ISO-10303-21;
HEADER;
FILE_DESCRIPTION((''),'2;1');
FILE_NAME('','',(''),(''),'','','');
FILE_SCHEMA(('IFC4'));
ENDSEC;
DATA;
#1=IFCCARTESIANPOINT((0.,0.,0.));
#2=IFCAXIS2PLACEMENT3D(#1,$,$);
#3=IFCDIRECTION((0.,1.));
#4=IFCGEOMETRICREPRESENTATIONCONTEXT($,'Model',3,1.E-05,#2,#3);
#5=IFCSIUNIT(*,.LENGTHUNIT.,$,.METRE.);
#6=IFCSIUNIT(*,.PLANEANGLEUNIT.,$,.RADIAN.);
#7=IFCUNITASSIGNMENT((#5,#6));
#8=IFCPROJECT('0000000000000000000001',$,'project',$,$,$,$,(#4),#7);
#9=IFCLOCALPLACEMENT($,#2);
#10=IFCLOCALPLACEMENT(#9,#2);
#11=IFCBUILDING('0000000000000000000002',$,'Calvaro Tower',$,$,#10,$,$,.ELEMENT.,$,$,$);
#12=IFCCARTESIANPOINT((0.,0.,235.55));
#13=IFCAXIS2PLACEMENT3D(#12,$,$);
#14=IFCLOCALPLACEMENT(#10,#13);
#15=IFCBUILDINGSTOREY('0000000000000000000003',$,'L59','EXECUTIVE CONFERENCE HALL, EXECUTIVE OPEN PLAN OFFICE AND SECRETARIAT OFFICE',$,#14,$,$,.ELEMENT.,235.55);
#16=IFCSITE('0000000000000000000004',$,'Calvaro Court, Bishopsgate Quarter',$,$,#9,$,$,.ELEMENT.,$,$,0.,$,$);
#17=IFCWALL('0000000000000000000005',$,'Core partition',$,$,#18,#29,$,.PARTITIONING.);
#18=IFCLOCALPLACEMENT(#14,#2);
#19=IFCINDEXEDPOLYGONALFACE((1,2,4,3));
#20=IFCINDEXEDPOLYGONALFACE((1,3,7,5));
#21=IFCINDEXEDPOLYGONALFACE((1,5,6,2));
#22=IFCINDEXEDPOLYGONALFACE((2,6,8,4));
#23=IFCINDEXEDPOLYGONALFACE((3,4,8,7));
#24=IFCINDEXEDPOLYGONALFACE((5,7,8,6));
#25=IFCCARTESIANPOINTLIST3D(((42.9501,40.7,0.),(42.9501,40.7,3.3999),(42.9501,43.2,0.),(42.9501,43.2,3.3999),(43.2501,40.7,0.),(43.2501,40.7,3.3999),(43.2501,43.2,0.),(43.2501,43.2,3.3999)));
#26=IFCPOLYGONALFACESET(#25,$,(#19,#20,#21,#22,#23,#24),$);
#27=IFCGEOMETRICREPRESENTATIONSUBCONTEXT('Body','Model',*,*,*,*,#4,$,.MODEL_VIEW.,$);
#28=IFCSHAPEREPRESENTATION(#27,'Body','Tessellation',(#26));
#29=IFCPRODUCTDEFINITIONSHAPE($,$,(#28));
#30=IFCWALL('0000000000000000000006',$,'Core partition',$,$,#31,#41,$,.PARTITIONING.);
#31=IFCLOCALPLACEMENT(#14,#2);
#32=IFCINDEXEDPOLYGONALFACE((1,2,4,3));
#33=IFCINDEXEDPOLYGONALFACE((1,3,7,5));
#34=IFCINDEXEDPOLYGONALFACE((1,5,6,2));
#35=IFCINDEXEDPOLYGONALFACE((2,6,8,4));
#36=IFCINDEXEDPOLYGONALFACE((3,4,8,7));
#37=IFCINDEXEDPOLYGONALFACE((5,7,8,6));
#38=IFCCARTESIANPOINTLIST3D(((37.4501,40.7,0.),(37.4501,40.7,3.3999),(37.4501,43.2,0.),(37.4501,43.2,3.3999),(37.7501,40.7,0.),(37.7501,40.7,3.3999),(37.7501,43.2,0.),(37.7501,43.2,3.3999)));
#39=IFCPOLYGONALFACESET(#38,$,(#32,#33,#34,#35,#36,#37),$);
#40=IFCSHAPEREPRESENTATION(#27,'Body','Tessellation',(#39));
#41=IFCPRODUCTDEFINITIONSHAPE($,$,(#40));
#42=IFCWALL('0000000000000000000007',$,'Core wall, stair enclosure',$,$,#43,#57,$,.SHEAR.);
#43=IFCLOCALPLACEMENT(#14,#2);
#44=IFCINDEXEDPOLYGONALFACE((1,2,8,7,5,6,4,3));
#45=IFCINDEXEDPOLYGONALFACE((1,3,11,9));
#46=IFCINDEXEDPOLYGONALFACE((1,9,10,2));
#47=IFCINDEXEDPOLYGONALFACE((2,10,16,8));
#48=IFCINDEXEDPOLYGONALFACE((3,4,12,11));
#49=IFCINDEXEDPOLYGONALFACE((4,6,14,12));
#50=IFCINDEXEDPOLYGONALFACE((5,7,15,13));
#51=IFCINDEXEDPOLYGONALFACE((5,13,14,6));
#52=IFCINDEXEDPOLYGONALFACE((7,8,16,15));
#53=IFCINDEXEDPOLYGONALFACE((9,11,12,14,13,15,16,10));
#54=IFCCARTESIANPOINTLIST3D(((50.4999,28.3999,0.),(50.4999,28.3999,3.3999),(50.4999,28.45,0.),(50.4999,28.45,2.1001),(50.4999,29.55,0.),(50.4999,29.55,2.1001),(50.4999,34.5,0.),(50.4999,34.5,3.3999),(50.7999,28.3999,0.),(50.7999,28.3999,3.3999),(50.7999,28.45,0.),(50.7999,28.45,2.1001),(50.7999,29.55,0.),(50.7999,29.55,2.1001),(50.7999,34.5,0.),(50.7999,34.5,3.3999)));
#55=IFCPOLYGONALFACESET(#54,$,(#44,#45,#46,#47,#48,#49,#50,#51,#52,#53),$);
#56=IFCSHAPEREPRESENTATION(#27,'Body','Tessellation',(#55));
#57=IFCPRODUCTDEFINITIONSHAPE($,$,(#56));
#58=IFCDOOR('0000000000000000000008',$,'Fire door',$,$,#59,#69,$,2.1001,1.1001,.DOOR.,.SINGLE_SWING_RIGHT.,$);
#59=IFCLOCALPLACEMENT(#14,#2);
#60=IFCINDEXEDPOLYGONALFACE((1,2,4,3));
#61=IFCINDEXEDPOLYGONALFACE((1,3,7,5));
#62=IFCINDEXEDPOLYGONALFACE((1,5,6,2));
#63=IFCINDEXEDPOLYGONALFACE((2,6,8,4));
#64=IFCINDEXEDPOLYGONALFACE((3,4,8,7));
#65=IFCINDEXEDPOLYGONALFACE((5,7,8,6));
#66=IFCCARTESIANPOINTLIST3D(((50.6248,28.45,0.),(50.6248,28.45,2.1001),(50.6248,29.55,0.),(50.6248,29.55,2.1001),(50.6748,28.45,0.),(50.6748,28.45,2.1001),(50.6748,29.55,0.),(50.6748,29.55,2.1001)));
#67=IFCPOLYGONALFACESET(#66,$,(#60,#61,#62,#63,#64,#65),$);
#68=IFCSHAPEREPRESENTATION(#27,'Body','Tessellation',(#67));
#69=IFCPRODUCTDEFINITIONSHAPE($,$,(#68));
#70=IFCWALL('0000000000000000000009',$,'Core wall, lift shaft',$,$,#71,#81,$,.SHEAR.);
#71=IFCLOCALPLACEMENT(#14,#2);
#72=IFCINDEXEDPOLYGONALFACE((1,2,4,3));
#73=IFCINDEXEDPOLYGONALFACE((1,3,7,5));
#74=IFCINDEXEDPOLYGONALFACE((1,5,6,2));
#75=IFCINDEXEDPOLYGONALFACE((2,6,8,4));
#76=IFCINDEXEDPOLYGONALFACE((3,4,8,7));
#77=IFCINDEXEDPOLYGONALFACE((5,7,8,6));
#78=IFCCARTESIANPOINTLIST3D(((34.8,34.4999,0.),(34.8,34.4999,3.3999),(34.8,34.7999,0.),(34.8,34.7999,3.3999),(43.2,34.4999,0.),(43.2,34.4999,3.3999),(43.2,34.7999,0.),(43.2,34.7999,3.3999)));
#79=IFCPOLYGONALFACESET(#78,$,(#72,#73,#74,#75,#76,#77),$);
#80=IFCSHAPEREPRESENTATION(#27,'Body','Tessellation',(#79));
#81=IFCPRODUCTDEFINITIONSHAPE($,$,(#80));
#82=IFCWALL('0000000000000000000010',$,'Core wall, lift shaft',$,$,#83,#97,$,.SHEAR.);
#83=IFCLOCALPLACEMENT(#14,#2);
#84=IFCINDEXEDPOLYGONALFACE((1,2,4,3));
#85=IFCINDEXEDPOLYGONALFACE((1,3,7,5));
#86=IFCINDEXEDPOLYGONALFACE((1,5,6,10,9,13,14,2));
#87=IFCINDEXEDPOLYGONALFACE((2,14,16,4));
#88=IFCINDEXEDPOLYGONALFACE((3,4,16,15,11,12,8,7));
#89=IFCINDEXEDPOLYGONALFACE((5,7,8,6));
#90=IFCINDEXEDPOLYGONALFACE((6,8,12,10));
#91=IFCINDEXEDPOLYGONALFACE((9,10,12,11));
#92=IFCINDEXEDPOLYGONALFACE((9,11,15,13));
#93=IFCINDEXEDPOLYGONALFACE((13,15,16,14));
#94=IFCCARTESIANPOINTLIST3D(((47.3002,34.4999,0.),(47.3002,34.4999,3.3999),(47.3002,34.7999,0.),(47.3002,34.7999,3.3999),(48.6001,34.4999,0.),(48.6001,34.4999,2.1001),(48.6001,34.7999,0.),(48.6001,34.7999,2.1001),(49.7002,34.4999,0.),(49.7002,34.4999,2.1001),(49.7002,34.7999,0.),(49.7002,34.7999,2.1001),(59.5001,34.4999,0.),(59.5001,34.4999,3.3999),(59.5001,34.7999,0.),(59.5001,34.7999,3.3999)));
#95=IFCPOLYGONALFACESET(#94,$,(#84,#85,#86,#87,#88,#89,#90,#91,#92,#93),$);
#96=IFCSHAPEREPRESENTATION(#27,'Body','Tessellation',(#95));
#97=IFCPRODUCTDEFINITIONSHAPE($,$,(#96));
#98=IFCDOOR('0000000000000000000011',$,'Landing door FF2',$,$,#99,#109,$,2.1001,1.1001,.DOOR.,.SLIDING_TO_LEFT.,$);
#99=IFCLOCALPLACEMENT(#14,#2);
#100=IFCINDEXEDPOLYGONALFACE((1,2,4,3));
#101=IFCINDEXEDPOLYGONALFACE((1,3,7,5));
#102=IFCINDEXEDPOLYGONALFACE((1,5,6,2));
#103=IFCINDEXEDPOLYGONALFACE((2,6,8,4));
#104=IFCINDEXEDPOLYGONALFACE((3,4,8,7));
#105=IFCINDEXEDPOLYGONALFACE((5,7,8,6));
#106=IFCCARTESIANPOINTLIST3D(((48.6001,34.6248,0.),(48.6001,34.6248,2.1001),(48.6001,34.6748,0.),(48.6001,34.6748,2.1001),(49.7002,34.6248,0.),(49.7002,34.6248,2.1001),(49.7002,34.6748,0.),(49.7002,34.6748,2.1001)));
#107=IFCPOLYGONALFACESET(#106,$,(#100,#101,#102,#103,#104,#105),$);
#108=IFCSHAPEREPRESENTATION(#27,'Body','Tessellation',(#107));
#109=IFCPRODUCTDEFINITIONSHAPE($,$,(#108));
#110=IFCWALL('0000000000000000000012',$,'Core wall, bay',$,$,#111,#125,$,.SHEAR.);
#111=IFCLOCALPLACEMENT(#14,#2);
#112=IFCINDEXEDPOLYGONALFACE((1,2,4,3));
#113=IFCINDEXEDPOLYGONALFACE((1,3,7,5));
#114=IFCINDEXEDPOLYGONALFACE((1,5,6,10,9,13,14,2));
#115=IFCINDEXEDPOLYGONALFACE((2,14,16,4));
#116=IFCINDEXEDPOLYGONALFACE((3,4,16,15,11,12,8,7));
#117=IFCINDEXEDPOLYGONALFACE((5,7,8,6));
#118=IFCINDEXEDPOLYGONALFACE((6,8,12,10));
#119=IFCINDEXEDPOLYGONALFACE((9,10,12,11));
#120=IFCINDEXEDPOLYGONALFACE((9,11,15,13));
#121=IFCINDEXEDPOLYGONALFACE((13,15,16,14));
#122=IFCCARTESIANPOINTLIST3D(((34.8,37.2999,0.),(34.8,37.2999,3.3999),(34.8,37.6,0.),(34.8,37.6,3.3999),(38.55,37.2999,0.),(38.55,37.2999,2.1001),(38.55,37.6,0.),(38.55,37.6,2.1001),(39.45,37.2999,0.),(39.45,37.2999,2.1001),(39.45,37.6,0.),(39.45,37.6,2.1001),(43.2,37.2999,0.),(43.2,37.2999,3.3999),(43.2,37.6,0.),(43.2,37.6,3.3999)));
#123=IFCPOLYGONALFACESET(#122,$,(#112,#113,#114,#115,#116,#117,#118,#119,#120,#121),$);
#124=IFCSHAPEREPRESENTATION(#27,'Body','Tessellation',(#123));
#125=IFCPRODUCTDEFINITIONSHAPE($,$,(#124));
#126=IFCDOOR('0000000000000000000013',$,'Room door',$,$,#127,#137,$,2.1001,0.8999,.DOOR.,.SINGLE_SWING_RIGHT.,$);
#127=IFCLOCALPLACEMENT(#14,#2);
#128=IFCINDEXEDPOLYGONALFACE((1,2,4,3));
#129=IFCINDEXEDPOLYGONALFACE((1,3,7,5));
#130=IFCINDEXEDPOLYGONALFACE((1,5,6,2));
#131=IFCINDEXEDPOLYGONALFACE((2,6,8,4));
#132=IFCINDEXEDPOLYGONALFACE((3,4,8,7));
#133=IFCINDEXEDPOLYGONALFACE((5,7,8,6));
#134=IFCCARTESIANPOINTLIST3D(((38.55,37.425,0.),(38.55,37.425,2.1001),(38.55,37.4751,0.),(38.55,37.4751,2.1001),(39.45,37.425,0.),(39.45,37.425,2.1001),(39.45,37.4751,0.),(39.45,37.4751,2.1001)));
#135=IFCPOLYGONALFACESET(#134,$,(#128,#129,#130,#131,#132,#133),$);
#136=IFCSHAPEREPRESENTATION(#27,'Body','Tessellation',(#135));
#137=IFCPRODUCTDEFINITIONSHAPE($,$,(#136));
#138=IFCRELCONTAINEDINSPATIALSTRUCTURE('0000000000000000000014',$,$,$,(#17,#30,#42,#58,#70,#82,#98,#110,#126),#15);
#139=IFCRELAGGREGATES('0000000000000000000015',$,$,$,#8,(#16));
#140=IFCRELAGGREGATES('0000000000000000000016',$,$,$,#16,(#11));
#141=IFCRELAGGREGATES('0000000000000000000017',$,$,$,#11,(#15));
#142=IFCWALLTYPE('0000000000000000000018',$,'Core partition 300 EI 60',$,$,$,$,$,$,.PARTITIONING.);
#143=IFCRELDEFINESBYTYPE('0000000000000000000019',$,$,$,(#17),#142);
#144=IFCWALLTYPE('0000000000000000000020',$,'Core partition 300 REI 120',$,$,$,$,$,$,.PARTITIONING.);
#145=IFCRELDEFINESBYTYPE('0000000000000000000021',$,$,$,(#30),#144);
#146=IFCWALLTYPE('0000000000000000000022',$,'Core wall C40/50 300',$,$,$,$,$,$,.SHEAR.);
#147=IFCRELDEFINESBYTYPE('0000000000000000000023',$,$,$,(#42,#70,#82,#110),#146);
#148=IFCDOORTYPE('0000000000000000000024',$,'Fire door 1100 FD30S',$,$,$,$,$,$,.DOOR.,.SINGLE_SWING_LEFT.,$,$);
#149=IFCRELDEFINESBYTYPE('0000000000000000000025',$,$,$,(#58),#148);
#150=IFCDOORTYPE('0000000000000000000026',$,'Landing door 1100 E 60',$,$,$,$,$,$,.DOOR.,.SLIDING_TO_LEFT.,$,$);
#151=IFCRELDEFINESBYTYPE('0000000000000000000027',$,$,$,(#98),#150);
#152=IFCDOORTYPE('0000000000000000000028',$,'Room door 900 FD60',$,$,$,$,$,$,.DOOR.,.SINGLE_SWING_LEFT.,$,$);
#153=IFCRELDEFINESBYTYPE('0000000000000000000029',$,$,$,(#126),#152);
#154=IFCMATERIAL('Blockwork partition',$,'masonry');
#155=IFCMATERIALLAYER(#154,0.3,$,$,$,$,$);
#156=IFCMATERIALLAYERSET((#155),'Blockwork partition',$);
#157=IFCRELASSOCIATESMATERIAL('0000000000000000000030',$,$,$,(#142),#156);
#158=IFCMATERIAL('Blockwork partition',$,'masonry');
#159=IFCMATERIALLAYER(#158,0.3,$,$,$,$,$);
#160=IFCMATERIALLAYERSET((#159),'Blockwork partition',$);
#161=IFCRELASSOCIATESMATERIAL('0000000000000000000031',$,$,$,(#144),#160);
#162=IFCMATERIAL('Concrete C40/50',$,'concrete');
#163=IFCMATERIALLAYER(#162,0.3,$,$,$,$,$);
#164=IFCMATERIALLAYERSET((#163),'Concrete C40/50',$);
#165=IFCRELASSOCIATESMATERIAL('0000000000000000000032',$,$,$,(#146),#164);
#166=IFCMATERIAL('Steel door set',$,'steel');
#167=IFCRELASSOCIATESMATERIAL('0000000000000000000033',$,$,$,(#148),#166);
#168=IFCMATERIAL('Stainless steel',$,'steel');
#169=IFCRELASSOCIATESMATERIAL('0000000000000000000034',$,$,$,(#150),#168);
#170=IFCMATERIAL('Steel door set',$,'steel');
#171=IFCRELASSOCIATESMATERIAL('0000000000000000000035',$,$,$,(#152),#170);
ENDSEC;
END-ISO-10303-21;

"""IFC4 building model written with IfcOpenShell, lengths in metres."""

from ifc_helpers import new_model, si_unit, direction, frame, frame_2d, origin, place, context, subcontext, project, spatial, rectangle, extrude, material, layer, layer_set, type_object, element, fill, save


model = new_model("IFC4")

# Units and contexts
model_context = context("Model", 3, precision=1e-05, world=origin(), true_north=direction((0.0, 1.0)))
body_context = subcontext(model_context, "Body", "Model", "MODEL_VIEW")
ifc_project = project(units=[si_unit("LENGTHUNIT", "METRE"), si_unit("PLANEANGLEUNIT", "RADIAN")], contexts=[model_context])

# Site, building, storey
site_placement = place(None, origin())
site = spatial("IfcSite", under=ifc_project, at=site_placement, Name="Calvaro Court, Bishopsgate Quarter", CompositionType="ELEMENT", RefElevation=0.0)
building_placement = place(site_placement, origin())
building = spatial("IfcBuilding", under=site, at=building_placement, Name="Calvaro Tower", CompositionType="ELEMENT")
storey_placement = place(building_placement, frame((0.0, 0.0, 235.55)))
storey = spatial("IfcBuildingStorey", under=building, at=storey_placement, Name="L59", Description="EXECUTIVE CONFERENCE HALL, EXECUTIVE OPEN PLAN OFFICE AND SECRETARIAT OFFICE", CompositionType="ELEMENT", Elevation=235.55)

# Walls
ifc_material_1 = material(Name="Blockwork partition", Category="masonry")
ifc_layer_1 = layer(ifc_material_1, 0.3)
ifc_layer_set_1 = layer_set([ifc_layer_1], Name="Blockwork partition")
wall_type_1 = type_object("IfcWallType", Name="Core partition 300 EI 60", PredefinedType="PARTITIONING", material=ifc_layer_set_1)
wall_1_placement = place(storey_placement, frame((43.1001, 40.7, 0.0), z_axis=(0.0, 0.0, 1.0), x_axis=(0.0, 1.0, 0.0)))
element("IfcWall", 1, at=wall_1_placement, inside=storey, type_object=wall_type_1, Name="Core partition", PredefinedType="PARTITIONING", context=body_context, shape_type="SweptSolid", body=[
    extrude(rectangle(XDim=2.5, YDim=0.3, at=frame_2d((1.25, 0.0))), origin(), (0.0, 0.0, 1.0), 3.3999),
])
ifc_material_2 = material(Name="Blockwork partition", Category="masonry")
ifc_layer_2 = layer(ifc_material_2, 0.3)
ifc_layer_set_2 = layer_set([ifc_layer_2], Name="Blockwork partition")
wall_type_2 = type_object("IfcWallType", Name="Core partition 300 REI 120", PredefinedType="PARTITIONING", material=ifc_layer_set_2)
wall_2_placement = place(storey_placement, frame((37.6001, 40.7, 0.0), z_axis=(0.0, 0.0, 1.0), x_axis=(0.0, 1.0, 0.0)))
element("IfcWall", 2, at=wall_2_placement, inside=storey, type_object=wall_type_2, Name="Core partition", PredefinedType="PARTITIONING", context=body_context, shape_type="SweptSolid", body=[
    extrude(rectangle(XDim=2.5, YDim=0.3, at=frame_2d((1.25, 0.0))), origin(), (0.0, 0.0, 1.0), 3.3999),
])

# Wall, opening, door
ifc_material_3 = material(Name="Concrete C40/50", Category="concrete")
ifc_layer_3 = layer(ifc_material_3, 0.3)
ifc_layer_set_3 = layer_set([ifc_layer_3], Name="Concrete C40/50")
wall_type_3 = type_object("IfcWallType", Name="Core wall C40/50 300", PredefinedType="SHEAR", material=ifc_layer_set_3)
wall_3_placement = place(storey_placement, frame((50.6499, 34.5, 0.0), z_axis=(0.0, 0.0, 1.0), x_axis=(0.0, -1.0, 0.0)))
wall_3 = element("IfcWall", 3, at=wall_3_placement, inside=storey, type_object=wall_type_3, Name="Core wall, stair enclosure", PredefinedType="SHEAR", context=body_context, shape_type="SweptSolid", body=[
    extrude(rectangle(XDim=6.1001, YDim=0.3, at=frame_2d((3.05, 0.0))), origin(), (0.0, 0.0, 1.0), 3.3999),
])
opening_1_placement = place(wall_3_placement, frame((4.95, 0.0, 0.0)))
opening_1 = element("IfcOpeningElement", 4, at=opening_1_placement, cuts=wall_3, PredefinedType="OPENING", context=body_context, shape_type="SweptSolid", body=[
    extrude(rectangle(XDim=1.1001, YDim=2.1001, at=frame_2d((0.55, 1.05))), frame((0.0, 0.1599, 0.0), z_axis=(0.0, -1.0, 0.0), x_axis=(1.0, 0.0, 0.0)), (0.0, 0.0, 1.0), 0.3201),
])
ifc_material_4 = material(Name="Steel door set", Category="steel")
door_type_1 = type_object("IfcDoorType", Name="Fire door 1100 FD30S", OperationType="SINGLE_SWING_LEFT", PredefinedType="DOOR", material=ifc_material_4)
door_1_placement = place(opening_1_placement, origin())
door_1 = element("IfcDoor", 5, at=door_1_placement, inside=storey, type_object=door_type_1, Name="Fire door", OperationType="SINGLE_SWING_RIGHT", OverallHeight=2.1001, OverallWidth=1.1001, PredefinedType="DOOR", context=body_context, shape_type="SweptSolid", body=[
    extrude(rectangle(XDim=1.1001, YDim=2.1001, at=frame_2d((0.55, 1.05))), frame((0.0, 0.0249, 0.0), z_axis=(0.0, -1.0, 0.0), x_axis=(1.0, 0.0, 0.0)), (0.0, 0.0, 1.0), 0.05),
])
fill(opening_1, door_1)

# Wall
wall_4_placement = place(storey_placement, frame((34.8, 34.6499, 0.0), z_axis=(0.0, 0.0, 1.0), x_axis=(1.0, 0.0, 0.0)))
element("IfcWall", 6, at=wall_4_placement, inside=storey, type_object=wall_type_3, Name="Core wall, lift shaft", PredefinedType="SHEAR", context=body_context, shape_type="SweptSolid", body=[
    extrude(rectangle(XDim=8.3999, YDim=0.3, at=frame_2d((4.2, 0.0))), origin(), (0.0, 0.0, 1.0), 3.3999),
])

# Walls, openings, doors
wall_5_placement = place(storey_placement, frame((47.3, 34.6499, 0.0), z_axis=(0.0, 0.0, 1.0), x_axis=(1.0, 0.0, 0.0)))
wall_5 = element("IfcWall", 7, at=wall_5_placement, inside=storey, type_object=wall_type_3, Name="Core wall, lift shaft", PredefinedType="SHEAR", context=body_context, shape_type="SweptSolid", body=[
    extrude(rectangle(XDim=12.2, YDim=0.3, at=frame_2d((6.1001, 0.0))), origin(), (0.0, 0.0, 1.0), 3.3999),
])
opening_2_placement = place(wall_5_placement, frame((1.3, 0.0, 0.0)))
opening_2 = element("IfcOpeningElement", 8, at=opening_2_placement, cuts=wall_5, PredefinedType="OPENING", context=body_context, shape_type="SweptSolid", body=[
    extrude(rectangle(XDim=1.1001, YDim=2.1001, at=frame_2d((0.55, 1.05))), frame((0.0, 0.1599, 0.0), z_axis=(0.0, -1.0, 0.0), x_axis=(1.0, 0.0, 0.0)), (0.0, 0.0, 1.0), 0.3201),
])
ifc_material_5 = material(Name="Stainless steel", Category="steel")
door_type_2 = type_object("IfcDoorType", Name="Landing door 1100 E 60", OperationType="SLIDING_TO_LEFT", PredefinedType="DOOR", material=ifc_material_5)
door_2_placement = place(opening_2_placement, origin())
door_2 = element("IfcDoor", 9, at=door_2_placement, inside=storey, type_object=door_type_2, Name="Landing door FF2", OperationType="SLIDING_TO_LEFT", OverallHeight=2.1001, OverallWidth=1.1001, PredefinedType="DOOR", context=body_context, shape_type="SweptSolid", body=[
    extrude(rectangle(XDim=1.1001, YDim=2.1001, at=frame_2d((0.55, 1.05))), frame((0.0, 0.0249, 0.0), z_axis=(0.0, -1.0, 0.0), x_axis=(1.0, 0.0, 0.0)), (0.0, 0.0, 1.0), 0.05),
])
fill(opening_2, door_2)
wall_6_placement = place(storey_placement, frame((43.2, 37.45, 0.0), z_axis=(0.0, 0.0, 1.0), x_axis=(-1.0, 0.0, 0.0)))
wall_6 = element("IfcWall", 10, at=wall_6_placement, inside=storey, type_object=wall_type_3, Name="Core wall, bay", PredefinedType="SHEAR", context=body_context, shape_type="SweptSolid", body=[
    extrude(rectangle(XDim=8.3999, YDim=0.3, at=frame_2d((4.2, 0.0))), origin(), (0.0, 0.0, 1.0), 3.3999),
])
opening_3_placement = place(wall_6_placement, frame((3.75, 0.0, 0.0)))
opening_3 = element("IfcOpeningElement", 11, at=opening_3_placement, cuts=wall_6, PredefinedType="OPENING", context=body_context, shape_type="SweptSolid", body=[
    extrude(rectangle(XDim=0.8999, YDim=2.1001, at=frame_2d((0.45, 1.05))), frame((0.0, 0.1599, 0.0), z_axis=(0.0, -1.0, 0.0), x_axis=(1.0, 0.0, 0.0)), (0.0, 0.0, 1.0), 0.3201),
])
ifc_material_6 = material(Name="Steel door set", Category="steel")
door_type_3 = type_object("IfcDoorType", Name="Room door 900 FD60", OperationType="SINGLE_SWING_LEFT", PredefinedType="DOOR", material=ifc_material_6)
door_3_placement = place(opening_3_placement, origin())
door_3 = element("IfcDoor", 12, at=door_3_placement, inside=storey, type_object=door_type_3, Name="Room door", OperationType="SINGLE_SWING_RIGHT", OverallHeight=2.1001, OverallWidth=0.8999, PredefinedType="DOOR", context=body_context, shape_type="SweptSolid", body=[
    extrude(rectangle(XDim=0.8999, YDim=2.1001, at=frame_2d((0.45, 1.05))), frame((0.0, 0.0249, 0.0), z_axis=(0.0, -1.0, 0.0), x_axis=(1.0, 0.0, 0.0)), (0.0, 0.0, 1.0), 0.05),
])
fill(opening_3, door_3)

save(model, "model.ifc")
